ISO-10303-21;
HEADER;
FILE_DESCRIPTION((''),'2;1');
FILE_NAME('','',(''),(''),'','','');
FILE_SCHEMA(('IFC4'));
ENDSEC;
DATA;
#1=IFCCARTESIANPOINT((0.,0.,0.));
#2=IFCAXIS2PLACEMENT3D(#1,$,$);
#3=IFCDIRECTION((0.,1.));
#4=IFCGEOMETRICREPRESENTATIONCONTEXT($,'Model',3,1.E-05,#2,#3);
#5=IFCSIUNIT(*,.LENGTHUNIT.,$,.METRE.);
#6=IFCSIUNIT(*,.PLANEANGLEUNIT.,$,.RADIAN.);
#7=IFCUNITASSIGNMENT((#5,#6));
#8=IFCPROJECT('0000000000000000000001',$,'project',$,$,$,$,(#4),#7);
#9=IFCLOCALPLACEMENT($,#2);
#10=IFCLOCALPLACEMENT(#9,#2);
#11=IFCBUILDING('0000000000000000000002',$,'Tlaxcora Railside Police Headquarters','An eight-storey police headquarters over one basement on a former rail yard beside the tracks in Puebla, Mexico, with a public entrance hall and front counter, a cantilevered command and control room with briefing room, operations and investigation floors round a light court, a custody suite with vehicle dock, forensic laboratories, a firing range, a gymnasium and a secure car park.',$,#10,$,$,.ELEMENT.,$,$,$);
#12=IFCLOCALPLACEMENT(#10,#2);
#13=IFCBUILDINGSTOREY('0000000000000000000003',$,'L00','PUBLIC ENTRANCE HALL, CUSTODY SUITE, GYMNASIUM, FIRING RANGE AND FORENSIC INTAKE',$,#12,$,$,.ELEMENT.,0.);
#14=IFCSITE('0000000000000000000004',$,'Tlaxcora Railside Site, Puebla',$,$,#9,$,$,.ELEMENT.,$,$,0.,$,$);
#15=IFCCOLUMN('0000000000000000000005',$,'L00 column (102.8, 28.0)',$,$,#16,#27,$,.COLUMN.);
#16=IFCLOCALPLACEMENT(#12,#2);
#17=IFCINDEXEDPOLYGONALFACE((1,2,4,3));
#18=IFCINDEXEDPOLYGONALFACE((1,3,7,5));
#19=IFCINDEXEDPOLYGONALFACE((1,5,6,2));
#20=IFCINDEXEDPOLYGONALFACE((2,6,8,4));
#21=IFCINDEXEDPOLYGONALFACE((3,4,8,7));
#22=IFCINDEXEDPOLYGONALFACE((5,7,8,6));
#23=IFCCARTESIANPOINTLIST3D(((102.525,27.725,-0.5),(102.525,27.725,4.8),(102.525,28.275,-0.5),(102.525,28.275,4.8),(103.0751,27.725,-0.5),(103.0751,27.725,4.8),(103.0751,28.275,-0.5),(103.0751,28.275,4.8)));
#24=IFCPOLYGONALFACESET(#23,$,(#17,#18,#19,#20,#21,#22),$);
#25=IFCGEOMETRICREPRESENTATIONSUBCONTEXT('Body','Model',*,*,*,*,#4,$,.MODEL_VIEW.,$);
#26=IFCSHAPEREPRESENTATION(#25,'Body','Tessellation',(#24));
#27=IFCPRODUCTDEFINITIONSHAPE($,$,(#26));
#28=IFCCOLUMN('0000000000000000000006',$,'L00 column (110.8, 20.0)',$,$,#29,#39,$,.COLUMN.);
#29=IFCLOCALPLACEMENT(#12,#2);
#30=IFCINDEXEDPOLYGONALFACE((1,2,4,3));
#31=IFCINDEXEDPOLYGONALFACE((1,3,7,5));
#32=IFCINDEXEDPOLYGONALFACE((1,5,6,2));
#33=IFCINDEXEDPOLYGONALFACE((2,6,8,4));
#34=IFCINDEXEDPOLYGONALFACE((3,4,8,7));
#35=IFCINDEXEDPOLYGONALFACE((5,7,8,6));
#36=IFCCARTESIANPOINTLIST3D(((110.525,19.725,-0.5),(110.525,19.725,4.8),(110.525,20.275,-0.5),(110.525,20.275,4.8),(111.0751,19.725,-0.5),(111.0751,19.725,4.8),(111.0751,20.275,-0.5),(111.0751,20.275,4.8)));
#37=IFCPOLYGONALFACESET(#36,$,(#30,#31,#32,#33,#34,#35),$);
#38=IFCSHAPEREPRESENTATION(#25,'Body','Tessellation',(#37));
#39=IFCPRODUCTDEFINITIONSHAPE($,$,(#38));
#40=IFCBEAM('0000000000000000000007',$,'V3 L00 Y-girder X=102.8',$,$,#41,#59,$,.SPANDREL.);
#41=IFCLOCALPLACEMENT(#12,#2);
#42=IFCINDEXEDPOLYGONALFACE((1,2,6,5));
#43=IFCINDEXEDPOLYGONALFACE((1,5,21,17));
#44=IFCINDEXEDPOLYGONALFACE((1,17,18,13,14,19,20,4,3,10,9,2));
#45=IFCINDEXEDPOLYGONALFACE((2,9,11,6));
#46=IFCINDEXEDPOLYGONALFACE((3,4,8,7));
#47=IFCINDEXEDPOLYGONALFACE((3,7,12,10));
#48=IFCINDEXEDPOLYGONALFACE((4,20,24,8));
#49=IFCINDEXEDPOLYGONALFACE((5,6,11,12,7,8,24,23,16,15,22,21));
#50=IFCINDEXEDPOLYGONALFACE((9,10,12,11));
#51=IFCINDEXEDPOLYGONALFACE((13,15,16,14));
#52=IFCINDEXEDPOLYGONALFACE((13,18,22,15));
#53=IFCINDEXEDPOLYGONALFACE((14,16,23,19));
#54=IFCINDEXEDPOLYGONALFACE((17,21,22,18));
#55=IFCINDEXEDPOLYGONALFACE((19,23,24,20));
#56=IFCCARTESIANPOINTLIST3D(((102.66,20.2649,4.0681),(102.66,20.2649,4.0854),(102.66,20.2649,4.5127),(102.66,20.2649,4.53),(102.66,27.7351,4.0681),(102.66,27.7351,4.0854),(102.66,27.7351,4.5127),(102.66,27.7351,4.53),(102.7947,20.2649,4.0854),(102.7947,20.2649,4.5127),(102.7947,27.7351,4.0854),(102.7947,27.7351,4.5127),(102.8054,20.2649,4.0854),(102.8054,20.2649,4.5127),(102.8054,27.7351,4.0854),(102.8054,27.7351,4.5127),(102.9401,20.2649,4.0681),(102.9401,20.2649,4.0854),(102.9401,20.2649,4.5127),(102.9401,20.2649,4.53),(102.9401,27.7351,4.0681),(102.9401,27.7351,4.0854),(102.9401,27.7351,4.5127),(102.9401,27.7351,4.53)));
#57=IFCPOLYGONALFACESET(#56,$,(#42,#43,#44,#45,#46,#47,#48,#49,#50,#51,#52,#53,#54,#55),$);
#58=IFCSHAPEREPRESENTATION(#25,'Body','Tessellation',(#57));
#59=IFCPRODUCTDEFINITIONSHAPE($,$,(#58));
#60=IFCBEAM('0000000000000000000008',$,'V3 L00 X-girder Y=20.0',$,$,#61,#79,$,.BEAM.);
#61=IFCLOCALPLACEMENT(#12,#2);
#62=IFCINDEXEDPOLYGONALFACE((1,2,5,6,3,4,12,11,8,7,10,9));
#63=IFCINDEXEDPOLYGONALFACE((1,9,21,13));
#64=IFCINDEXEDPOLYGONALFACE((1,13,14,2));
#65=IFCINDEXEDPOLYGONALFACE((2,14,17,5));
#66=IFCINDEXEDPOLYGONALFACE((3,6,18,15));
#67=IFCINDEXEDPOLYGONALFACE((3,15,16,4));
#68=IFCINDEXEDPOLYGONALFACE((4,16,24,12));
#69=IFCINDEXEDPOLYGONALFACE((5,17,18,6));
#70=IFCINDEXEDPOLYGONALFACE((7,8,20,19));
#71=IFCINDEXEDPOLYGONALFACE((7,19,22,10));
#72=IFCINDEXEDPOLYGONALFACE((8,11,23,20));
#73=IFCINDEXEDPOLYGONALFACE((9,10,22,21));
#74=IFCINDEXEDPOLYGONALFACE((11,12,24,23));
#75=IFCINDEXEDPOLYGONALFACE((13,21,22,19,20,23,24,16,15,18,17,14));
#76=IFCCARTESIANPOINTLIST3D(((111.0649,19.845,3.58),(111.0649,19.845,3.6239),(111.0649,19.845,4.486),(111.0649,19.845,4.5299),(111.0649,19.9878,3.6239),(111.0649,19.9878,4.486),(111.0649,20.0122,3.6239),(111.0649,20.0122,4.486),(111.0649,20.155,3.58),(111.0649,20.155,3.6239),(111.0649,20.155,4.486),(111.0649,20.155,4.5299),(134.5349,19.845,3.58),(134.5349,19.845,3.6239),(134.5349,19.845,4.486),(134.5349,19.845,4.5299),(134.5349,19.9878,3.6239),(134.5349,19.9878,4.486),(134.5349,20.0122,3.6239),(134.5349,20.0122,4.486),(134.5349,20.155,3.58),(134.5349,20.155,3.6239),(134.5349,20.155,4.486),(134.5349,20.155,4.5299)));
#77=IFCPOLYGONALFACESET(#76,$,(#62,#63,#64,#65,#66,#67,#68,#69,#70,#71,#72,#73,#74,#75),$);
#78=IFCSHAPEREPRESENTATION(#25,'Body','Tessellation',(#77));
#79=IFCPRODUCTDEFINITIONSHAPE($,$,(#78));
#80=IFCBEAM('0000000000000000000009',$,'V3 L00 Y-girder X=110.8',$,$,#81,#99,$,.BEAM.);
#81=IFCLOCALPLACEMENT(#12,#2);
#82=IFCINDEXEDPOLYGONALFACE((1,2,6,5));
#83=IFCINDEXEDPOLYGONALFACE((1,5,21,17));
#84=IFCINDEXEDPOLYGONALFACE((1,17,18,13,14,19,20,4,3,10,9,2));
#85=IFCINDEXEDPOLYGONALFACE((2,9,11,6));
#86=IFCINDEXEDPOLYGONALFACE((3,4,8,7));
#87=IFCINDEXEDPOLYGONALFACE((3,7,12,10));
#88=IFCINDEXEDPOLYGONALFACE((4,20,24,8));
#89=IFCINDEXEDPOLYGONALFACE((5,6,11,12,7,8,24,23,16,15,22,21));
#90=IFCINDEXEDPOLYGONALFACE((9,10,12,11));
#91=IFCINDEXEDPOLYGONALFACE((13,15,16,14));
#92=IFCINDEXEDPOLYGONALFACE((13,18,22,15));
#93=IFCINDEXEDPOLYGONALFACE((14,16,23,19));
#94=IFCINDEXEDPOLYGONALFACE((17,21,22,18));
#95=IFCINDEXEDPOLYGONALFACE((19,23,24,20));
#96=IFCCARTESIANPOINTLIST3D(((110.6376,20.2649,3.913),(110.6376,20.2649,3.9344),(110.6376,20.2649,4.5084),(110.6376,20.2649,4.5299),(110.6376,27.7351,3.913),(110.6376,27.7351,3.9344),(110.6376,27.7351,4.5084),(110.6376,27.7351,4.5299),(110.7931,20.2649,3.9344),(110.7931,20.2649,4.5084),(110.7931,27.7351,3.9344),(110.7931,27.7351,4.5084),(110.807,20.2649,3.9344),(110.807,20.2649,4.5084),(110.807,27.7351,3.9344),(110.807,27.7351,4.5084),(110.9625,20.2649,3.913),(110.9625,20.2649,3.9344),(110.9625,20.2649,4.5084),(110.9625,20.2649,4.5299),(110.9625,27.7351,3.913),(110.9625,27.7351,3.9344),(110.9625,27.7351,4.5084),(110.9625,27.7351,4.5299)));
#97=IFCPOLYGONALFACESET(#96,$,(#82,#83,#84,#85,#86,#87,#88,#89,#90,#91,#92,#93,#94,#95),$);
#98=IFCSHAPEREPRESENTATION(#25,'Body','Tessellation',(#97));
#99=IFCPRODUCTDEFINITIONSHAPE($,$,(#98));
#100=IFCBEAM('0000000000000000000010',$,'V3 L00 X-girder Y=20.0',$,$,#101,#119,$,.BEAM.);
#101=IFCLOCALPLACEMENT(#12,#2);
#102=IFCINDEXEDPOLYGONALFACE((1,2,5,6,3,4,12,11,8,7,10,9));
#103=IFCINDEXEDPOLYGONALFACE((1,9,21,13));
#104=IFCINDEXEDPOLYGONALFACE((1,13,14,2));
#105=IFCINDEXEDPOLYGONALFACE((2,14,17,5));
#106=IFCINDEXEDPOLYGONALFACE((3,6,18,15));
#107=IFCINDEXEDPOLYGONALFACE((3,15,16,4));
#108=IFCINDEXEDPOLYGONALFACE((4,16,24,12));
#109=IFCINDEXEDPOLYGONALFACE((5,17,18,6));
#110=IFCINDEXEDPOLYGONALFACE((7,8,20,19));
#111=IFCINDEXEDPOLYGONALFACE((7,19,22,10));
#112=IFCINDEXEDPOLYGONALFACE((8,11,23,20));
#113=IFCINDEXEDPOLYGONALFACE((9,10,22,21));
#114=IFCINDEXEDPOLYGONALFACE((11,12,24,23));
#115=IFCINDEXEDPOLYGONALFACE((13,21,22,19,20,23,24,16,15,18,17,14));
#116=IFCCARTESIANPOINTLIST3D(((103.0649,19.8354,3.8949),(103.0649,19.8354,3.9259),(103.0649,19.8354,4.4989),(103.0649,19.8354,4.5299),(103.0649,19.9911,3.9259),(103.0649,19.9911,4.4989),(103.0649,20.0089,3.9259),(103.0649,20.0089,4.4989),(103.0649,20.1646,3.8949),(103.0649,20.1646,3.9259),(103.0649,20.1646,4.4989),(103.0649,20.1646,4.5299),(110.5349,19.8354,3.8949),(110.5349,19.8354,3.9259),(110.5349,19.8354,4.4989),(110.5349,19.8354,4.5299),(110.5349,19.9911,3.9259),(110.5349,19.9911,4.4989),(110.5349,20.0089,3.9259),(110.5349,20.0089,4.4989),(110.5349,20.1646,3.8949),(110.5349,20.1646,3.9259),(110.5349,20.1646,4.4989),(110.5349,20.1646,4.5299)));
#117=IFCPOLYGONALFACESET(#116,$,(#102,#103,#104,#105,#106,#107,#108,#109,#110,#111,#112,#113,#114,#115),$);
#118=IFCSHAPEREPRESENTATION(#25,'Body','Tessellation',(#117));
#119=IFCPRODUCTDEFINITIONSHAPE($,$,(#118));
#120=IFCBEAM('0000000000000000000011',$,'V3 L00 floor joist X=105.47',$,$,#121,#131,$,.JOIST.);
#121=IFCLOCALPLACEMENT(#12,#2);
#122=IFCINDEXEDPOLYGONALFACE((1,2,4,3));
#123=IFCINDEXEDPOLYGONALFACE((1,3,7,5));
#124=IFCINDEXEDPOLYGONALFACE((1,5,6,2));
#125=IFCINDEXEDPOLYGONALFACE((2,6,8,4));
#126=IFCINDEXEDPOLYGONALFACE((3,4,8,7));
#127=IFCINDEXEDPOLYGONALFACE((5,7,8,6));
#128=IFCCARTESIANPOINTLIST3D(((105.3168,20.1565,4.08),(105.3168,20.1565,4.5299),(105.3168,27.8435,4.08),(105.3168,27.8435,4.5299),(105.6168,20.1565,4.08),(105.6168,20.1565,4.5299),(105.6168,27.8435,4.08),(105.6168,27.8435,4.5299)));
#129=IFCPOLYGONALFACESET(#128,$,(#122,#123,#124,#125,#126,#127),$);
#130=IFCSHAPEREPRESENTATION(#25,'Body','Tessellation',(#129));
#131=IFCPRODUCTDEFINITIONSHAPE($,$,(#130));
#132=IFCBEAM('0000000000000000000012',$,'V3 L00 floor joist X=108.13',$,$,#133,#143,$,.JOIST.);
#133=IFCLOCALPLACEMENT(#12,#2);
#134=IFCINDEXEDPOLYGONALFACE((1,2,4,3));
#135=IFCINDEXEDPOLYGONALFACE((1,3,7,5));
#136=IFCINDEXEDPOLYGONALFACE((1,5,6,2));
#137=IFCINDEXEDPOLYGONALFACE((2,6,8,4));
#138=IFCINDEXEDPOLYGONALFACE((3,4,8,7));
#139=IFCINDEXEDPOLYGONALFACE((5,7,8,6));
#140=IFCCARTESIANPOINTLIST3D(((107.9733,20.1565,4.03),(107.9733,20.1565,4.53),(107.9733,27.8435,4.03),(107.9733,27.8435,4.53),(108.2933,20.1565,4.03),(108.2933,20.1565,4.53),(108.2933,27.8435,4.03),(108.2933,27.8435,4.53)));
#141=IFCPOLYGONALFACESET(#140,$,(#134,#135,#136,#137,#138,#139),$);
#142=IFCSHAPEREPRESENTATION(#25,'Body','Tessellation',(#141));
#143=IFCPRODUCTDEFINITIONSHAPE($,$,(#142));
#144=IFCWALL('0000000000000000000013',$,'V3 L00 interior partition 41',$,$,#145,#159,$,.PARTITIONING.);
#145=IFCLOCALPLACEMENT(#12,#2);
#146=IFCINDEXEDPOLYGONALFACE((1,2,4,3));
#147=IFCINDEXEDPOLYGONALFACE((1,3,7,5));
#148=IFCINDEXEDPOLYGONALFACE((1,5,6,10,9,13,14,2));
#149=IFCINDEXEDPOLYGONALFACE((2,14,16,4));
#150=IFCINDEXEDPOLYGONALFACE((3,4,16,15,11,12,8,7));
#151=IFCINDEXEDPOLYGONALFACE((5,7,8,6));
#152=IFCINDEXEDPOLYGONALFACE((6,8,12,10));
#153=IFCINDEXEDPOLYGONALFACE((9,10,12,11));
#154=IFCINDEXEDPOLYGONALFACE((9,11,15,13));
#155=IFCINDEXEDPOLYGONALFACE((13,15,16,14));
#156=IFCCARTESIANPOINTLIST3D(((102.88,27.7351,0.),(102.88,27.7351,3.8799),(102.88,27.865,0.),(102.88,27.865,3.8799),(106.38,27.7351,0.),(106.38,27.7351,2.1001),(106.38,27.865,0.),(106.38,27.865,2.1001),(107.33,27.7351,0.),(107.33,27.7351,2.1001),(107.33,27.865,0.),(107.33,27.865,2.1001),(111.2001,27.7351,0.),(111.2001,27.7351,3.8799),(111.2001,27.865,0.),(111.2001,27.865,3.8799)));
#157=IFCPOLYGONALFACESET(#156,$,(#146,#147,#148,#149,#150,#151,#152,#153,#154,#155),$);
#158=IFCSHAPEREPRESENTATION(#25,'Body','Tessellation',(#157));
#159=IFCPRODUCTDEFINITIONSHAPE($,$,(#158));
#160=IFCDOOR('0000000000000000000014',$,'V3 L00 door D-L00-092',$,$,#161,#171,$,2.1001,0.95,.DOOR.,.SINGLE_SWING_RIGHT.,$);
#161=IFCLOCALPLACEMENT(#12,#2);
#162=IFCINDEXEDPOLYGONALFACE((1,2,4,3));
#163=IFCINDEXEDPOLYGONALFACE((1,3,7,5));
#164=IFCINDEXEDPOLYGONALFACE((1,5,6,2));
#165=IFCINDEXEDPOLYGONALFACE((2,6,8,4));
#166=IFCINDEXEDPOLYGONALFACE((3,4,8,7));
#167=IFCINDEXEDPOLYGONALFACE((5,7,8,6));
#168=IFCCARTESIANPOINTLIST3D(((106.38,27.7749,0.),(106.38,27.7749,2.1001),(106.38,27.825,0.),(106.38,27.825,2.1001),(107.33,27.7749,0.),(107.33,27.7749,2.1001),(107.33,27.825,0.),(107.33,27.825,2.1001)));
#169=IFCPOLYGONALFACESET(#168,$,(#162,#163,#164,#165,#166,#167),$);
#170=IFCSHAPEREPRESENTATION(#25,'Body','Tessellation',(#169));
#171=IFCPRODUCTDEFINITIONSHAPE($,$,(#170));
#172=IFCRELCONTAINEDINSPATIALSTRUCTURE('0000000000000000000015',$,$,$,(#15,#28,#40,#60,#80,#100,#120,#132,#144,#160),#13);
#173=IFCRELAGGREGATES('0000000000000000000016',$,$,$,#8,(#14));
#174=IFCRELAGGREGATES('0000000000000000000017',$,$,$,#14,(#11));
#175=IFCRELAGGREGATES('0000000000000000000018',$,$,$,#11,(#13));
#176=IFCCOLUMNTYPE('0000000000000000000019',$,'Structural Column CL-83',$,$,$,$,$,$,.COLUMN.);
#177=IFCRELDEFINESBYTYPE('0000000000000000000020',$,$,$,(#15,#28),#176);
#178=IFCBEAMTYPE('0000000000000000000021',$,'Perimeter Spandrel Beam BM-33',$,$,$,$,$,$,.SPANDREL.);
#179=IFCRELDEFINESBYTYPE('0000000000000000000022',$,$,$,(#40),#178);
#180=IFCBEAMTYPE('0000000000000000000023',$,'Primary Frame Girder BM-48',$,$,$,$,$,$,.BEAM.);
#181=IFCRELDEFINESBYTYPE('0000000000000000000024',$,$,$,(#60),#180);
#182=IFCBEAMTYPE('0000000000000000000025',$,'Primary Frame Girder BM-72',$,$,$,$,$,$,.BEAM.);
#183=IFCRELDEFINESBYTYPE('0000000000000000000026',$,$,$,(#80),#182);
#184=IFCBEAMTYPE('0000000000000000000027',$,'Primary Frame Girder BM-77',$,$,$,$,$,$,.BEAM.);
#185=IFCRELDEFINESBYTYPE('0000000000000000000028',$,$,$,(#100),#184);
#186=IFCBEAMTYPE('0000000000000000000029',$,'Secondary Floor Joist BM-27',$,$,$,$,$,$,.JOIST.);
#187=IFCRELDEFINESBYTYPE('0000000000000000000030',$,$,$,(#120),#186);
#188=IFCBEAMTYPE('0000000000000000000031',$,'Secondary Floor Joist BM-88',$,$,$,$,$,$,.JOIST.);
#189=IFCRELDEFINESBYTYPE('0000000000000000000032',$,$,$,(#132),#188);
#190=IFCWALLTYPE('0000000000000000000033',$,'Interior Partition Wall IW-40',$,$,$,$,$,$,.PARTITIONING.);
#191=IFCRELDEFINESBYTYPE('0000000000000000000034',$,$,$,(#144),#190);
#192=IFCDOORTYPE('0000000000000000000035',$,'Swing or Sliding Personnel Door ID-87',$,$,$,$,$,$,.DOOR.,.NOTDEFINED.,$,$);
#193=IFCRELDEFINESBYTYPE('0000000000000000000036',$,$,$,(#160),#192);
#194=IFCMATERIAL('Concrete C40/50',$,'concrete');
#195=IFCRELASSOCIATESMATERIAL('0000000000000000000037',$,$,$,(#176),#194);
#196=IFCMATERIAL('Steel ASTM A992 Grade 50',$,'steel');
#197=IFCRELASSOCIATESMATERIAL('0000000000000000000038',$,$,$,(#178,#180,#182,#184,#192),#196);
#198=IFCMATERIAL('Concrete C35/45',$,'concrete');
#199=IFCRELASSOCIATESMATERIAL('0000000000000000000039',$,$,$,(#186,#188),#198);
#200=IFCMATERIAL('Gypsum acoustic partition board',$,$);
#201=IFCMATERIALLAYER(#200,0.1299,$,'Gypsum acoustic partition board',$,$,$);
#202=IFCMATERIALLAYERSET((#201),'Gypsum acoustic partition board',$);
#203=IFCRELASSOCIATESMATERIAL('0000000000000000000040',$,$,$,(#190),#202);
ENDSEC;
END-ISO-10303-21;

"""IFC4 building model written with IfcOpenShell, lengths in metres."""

from ifc_helpers import new_model, si_unit, direction, frame, frame_2d, origin, origin_2d, place, context, subcontext, project, spatial, rectangle, i_section, extrude, material, layer, layer_set, material_profile, profile_set, type_object, element, fill, save


model = new_model("IFC4")

# Units and contexts
model_context = context("Model", 3, precision=1e-05, world=origin(), true_north=direction((0.0, 1.0)))
body_context = subcontext(model_context, "Body", "Model", "MODEL_VIEW")
ifc_project = project(units=[si_unit("LENGTHUNIT", "METRE"), si_unit("PLANEANGLEUNIT", "RADIAN")], contexts=[model_context])

# Site, building, storey
site_placement = place(None, origin())
site = spatial("IfcSite", under=ifc_project, at=site_placement, Name="Tlaxcora Railside Site, Puebla", CompositionType="ELEMENT", RefElevation=0.0)
building_placement = place(site_placement, origin())
building = spatial("IfcBuilding", under=site, at=building_placement, Name="Tlaxcora Railside Police Headquarters", Description="An eight-storey police headquarters over one basement on a former rail yard beside the tracks in Puebla, Mexico, with a public entrance hall and front counter, a cantilevered command and control room with briefing room, operations and investigation floors round a light court, a custody suite with vehicle dock, forensic laboratories, a firing range, a gymnasium and a secure car park.", CompositionType="ELEMENT")
storey_placement = place(building_placement, origin())
storey = spatial("IfcBuildingStorey", under=building, at=storey_placement, Name="L00", Description="PUBLIC ENTRANCE HALL, CUSTODY SUITE, GYMNASIUM, FIRING RANGE AND FORENSIC INTAKE", CompositionType="ELEMENT", Elevation=0.0)

# Shared definitions
ifc_material_1 = material(Name="Concrete C35/45", Category="concrete")

# Shared definitions
ifc_material_2 = material(Name="Concrete C40/50", Category="concrete")

# Columns
ifc_material_profile_1 = material_profile(ifc_material_2, rectangle(XDim=0.55, YDim=0.55, at=origin_2d()), Name="RC550X550")
ifc_profile_set_1 = profile_set([ifc_material_profile_1], Name="Concrete C40/50")
column_type = type_object("IfcColumnType", Name="Structural Column CL-83", PredefinedType="COLUMN", material=ifc_profile_set_1)
for number, where, z_axis, x_axis, name in (
    (1, (102.8, 28.0, -0.5), (0.0, 0.0, 1.0), (1.0, 0.0, 0.0), "L00 column (102.8, 28.0)"),
    (2, (110.8, 20.0, -0.5), (0.0, 0.0, 1.0), (1.0, 0.0, 0.0), "L00 column (110.8, 20.0)"),
):
    element("IfcColumn", number, at=place(storey_placement, frame(where, z_axis=z_axis, x_axis=x_axis)), inside=storey, type_object=column_type, Name=name, PredefinedType="COLUMN", context=body_context, shape_type="SweptSolid", body=[
        extrude(rectangle(XDim=0.55, YDim=0.55, at=origin_2d()), origin(), (0.0, 0.0, 1.0), 5.3),
    ])

# Beams
ifc_material_3 = material(Name="Steel ASTM A992 Grade 50", Category="steel")
ifc_material_profile_2 = material_profile(ifc_material_3, i_section(OverallWidth=0.28, OverallDepth=0.4619, WebThickness=0.0107, FlangeThickness=0.0173, at=origin_2d()), Name="W18X76")
ifc_profile_set_2 = profile_set([ifc_material_profile_2], Name="Steel ASTM A992 Grade 50")
beam_type_1 = type_object("IfcBeamType", Name="Perimeter Spandrel Beam BM-33", PredefinedType="SPANDREL", material=ifc_profile_set_2)
beam_1_placement = place(storey_placement, frame((102.8, 20.2649, 4.2991), z_axis=(0.0, 1.0, 0.0), x_axis=(-1.0, 0.0, 0.0)))
element("IfcBeam", 3, at=beam_1_placement, inside=storey, type_object=beam_type_1, Name="V3 L00 Y-girder X=102.8", PredefinedType="SPANDREL", context=body_context, shape_type="SweptSolid", body=[
    extrude(i_section(OverallWidth=0.28, OverallDepth=0.4619, WebThickness=0.0107, FlangeThickness=0.0173, at=origin_2d()), origin(), (0.0, 0.0, 1.0), 7.4702),
])
ifc_material_profile_3 = material_profile(ifc_material_3, i_section(OverallWidth=0.3101, OverallDepth=0.95, WebThickness=0.0244, FlangeThickness=0.0439, at=origin_2d()), Name="W36X256")
ifc_profile_set_3 = profile_set([ifc_material_profile_3], Name="Steel ASTM A992 Grade 50")
beam_type_2 = type_object("IfcBeamType", Name="Primary Frame Girder BM-48", PredefinedType="BEAM", material=ifc_profile_set_3)
beam_2_placement = place(storey_placement, frame((111.0649, 20.0, 4.0549), z_axis=(1.0, 0.0, 0.0), x_axis=(0.0, 1.0, 0.0)))
element("IfcBeam", 4, at=beam_2_placement, inside=storey, type_object=beam_type_2, Name="V3 L00 X-girder Y=20.0", PredefinedType="BEAM", context=body_context, shape_type="SweptSolid", body=[
    extrude(i_section(OverallWidth=0.3101, OverallDepth=0.95, WebThickness=0.0244, FlangeThickness=0.0439, at=origin_2d()), origin(), (0.0, 0.0, 1.0), 23.47),
])
ifc_material_profile_4 = material_profile(ifc_material_3, i_section(OverallWidth=0.325, OverallDepth=0.6169, WebThickness=0.0139, FlangeThickness=0.0215, at=origin_2d()), Name="W24X117")
ifc_profile_set_4 = profile_set([ifc_material_profile_4], Name="Steel ASTM A992 Grade 50")
beam_type_3 = type_object("IfcBeamType", Name="Primary Frame Girder BM-72", PredefinedType="BEAM", material=ifc_profile_set_4)
beam_3_placement = place(storey_placement, frame((110.8, 20.2649, 4.2214), z_axis=(0.0, 1.0, 0.0), x_axis=(-1.0, 0.0, 0.0)))
element("IfcBeam", 5, at=beam_3_placement, inside=storey, type_object=beam_type_3, Name="V3 L00 Y-girder X=110.8", PredefinedType="BEAM", context=body_context, shape_type="SweptSolid", body=[
    extrude(i_section(OverallWidth=0.325, OverallDepth=0.6169, WebThickness=0.0139, FlangeThickness=0.0215, at=origin_2d()), origin(), (0.0, 0.0, 1.0), 7.4702),
])
ifc_material_profile_5 = material_profile(ifc_material_3, i_section(OverallWidth=0.3291, OverallDepth=0.635, WebThickness=0.0178, FlangeThickness=0.031, at=origin_2d()), Name="W24X162")
ifc_profile_set_5 = profile_set([ifc_material_profile_5], Name="Steel ASTM A992 Grade 50")
beam_type_4 = type_object("IfcBeamType", Name="Primary Frame Girder BM-77", PredefinedType="BEAM", material=ifc_profile_set_5)
beam_4_placement = place(storey_placement, frame((103.0649, 20.0, 4.2124), z_axis=(1.0, 0.0, 0.0), x_axis=(0.0, 1.0, 0.0)))
element("IfcBeam", 6, at=beam_4_placement, inside=storey, type_object=beam_type_4, Name="V3 L00 X-girder Y=20.0", PredefinedType="BEAM", context=body_context, shape_type="SweptSolid", body=[
    extrude(i_section(OverallWidth=0.3291, OverallDepth=0.635, WebThickness=0.0178, FlangeThickness=0.031, at=origin_2d()), origin(), (0.0, 0.0, 1.0), 7.47),
])
ifc_material_profile_6 = material_profile(ifc_material_1, rectangle(XDim=0.3, YDim=0.45, at=origin_2d()), Name="RC300X450")
ifc_profile_set_6 = profile_set([ifc_material_profile_6], Name="Concrete C35/45")
beam_type_5 = type_object("IfcBeamType", Name="Secondary Floor Joist BM-27", PredefinedType="JOIST", material=ifc_profile_set_6)
beam_5_placement = place(storey_placement, frame((105.4668, 20.1565, 4.3049), z_axis=(0.0, 1.0, 0.0), x_axis=(-1.0, 0.0, 0.0)))
element("IfcBeam", 7, at=beam_5_placement, inside=storey, type_object=beam_type_5, Name="V3 L00 floor joist X=105.47", PredefinedType="JOIST", context=body_context, shape_type="SweptSolid", body=[
    extrude(rectangle(XDim=0.3, YDim=0.45, at=origin_2d()), origin(), (0.0, 0.0, 1.0), 7.687),
])
ifc_material_profile_7 = material_profile(ifc_material_1, rectangle(XDim=0.3201, YDim=0.5, at=origin_2d()), Name="RC320X500")
ifc_profile_set_7 = profile_set([ifc_material_profile_7], Name="Concrete C35/45")
beam_type_6 = type_object("IfcBeamType", Name="Secondary Floor Joist BM-88", PredefinedType="JOIST", material=ifc_profile_set_7)
beam_6_placement = place(storey_placement, frame((108.1333, 20.1565, 4.28), z_axis=(0.0, 1.0, 0.0), x_axis=(-1.0, 0.0, 0.0)))
element("IfcBeam", 8, at=beam_6_placement, inside=storey, type_object=beam_type_6, Name="V3 L00 floor joist X=108.13", PredefinedType="JOIST", context=body_context, shape_type="SweptSolid", body=[
    extrude(rectangle(XDim=0.3201, YDim=0.5, at=origin_2d()), origin(), (0.0, 0.0, 1.0), 7.687),
])

# Wall, opening, door
ifc_material_4 = material(Name="Gypsum acoustic partition board")
ifc_layer_1 = layer(ifc_material_4, 0.1299, Name="Gypsum acoustic partition board")
ifc_layer_set_1 = layer_set([ifc_layer_1], Name="Gypsum acoustic partition board")
wall_type_1 = type_object("IfcWallType", Name="Interior Partition Wall IW-40", PredefinedType="PARTITIONING", material=ifc_layer_set_1)
wall_1_placement = place(storey_placement, frame((102.8799, 27.8, 0.0), z_axis=(0.0, 0.0, 1.0), x_axis=(1.0, 0.0, 0.0)))
wall_1 = element("IfcWall", 9, at=wall_1_placement, inside=storey, type_object=wall_type_1, Name="V3 L00 interior partition 41", PredefinedType="PARTITIONING", context=body_context, shape_type="SweptSolid", body=[
    extrude(rectangle(XDim=8.3201, YDim=0.1299, at=frame_2d((4.1602, 0.0))), origin(), (0.0, 0.0, 1.0), 3.8799),
])
opening_1_placement = place(wall_1_placement, frame((3.5, 0.0, 0.0)))
opening_1 = element("IfcOpeningElement", 10, at=opening_1_placement, cuts=wall_1, PredefinedType="OPENING", context=body_context, shape_type="SweptSolid", body=[
    extrude(rectangle(XDim=0.95, YDim=2.1001, at=frame_2d((0.4751, 1.05))), frame((0.0, 0.075, 0.0), z_axis=(0.0, -1.0, 0.0), x_axis=(1.0, 0.0, 0.0)), (0.0, 0.0, 1.0), 0.1499),
])
door_type_1 = type_object("IfcDoorType", Name="Swing or Sliding Personnel Door ID-87", OperationType="NOTDEFINED", PredefinedType="DOOR", material=ifc_material_3)
door_1_placement = place(opening_1_placement, origin())
door_1 = element("IfcDoor", 11, at=door_1_placement, inside=storey, type_object=door_type_1, Name="V3 L00 door D-L00-092", OperationType="SINGLE_SWING_RIGHT", OverallHeight=2.1001, OverallWidth=0.95, PredefinedType="DOOR", context=body_context, shape_type="SweptSolid", body=[
    extrude(rectangle(XDim=0.95, YDim=2.1001, at=frame_2d((0.4751, 1.05))), frame((0.0, 0.0249, 0.0), z_axis=(0.0, -1.0, 0.0), x_axis=(1.0, 0.0, 0.0)), (0.0, 0.0, 1.0), 0.05),
])
fill(opening_1, door_1)

save(model, "model.ifc")
